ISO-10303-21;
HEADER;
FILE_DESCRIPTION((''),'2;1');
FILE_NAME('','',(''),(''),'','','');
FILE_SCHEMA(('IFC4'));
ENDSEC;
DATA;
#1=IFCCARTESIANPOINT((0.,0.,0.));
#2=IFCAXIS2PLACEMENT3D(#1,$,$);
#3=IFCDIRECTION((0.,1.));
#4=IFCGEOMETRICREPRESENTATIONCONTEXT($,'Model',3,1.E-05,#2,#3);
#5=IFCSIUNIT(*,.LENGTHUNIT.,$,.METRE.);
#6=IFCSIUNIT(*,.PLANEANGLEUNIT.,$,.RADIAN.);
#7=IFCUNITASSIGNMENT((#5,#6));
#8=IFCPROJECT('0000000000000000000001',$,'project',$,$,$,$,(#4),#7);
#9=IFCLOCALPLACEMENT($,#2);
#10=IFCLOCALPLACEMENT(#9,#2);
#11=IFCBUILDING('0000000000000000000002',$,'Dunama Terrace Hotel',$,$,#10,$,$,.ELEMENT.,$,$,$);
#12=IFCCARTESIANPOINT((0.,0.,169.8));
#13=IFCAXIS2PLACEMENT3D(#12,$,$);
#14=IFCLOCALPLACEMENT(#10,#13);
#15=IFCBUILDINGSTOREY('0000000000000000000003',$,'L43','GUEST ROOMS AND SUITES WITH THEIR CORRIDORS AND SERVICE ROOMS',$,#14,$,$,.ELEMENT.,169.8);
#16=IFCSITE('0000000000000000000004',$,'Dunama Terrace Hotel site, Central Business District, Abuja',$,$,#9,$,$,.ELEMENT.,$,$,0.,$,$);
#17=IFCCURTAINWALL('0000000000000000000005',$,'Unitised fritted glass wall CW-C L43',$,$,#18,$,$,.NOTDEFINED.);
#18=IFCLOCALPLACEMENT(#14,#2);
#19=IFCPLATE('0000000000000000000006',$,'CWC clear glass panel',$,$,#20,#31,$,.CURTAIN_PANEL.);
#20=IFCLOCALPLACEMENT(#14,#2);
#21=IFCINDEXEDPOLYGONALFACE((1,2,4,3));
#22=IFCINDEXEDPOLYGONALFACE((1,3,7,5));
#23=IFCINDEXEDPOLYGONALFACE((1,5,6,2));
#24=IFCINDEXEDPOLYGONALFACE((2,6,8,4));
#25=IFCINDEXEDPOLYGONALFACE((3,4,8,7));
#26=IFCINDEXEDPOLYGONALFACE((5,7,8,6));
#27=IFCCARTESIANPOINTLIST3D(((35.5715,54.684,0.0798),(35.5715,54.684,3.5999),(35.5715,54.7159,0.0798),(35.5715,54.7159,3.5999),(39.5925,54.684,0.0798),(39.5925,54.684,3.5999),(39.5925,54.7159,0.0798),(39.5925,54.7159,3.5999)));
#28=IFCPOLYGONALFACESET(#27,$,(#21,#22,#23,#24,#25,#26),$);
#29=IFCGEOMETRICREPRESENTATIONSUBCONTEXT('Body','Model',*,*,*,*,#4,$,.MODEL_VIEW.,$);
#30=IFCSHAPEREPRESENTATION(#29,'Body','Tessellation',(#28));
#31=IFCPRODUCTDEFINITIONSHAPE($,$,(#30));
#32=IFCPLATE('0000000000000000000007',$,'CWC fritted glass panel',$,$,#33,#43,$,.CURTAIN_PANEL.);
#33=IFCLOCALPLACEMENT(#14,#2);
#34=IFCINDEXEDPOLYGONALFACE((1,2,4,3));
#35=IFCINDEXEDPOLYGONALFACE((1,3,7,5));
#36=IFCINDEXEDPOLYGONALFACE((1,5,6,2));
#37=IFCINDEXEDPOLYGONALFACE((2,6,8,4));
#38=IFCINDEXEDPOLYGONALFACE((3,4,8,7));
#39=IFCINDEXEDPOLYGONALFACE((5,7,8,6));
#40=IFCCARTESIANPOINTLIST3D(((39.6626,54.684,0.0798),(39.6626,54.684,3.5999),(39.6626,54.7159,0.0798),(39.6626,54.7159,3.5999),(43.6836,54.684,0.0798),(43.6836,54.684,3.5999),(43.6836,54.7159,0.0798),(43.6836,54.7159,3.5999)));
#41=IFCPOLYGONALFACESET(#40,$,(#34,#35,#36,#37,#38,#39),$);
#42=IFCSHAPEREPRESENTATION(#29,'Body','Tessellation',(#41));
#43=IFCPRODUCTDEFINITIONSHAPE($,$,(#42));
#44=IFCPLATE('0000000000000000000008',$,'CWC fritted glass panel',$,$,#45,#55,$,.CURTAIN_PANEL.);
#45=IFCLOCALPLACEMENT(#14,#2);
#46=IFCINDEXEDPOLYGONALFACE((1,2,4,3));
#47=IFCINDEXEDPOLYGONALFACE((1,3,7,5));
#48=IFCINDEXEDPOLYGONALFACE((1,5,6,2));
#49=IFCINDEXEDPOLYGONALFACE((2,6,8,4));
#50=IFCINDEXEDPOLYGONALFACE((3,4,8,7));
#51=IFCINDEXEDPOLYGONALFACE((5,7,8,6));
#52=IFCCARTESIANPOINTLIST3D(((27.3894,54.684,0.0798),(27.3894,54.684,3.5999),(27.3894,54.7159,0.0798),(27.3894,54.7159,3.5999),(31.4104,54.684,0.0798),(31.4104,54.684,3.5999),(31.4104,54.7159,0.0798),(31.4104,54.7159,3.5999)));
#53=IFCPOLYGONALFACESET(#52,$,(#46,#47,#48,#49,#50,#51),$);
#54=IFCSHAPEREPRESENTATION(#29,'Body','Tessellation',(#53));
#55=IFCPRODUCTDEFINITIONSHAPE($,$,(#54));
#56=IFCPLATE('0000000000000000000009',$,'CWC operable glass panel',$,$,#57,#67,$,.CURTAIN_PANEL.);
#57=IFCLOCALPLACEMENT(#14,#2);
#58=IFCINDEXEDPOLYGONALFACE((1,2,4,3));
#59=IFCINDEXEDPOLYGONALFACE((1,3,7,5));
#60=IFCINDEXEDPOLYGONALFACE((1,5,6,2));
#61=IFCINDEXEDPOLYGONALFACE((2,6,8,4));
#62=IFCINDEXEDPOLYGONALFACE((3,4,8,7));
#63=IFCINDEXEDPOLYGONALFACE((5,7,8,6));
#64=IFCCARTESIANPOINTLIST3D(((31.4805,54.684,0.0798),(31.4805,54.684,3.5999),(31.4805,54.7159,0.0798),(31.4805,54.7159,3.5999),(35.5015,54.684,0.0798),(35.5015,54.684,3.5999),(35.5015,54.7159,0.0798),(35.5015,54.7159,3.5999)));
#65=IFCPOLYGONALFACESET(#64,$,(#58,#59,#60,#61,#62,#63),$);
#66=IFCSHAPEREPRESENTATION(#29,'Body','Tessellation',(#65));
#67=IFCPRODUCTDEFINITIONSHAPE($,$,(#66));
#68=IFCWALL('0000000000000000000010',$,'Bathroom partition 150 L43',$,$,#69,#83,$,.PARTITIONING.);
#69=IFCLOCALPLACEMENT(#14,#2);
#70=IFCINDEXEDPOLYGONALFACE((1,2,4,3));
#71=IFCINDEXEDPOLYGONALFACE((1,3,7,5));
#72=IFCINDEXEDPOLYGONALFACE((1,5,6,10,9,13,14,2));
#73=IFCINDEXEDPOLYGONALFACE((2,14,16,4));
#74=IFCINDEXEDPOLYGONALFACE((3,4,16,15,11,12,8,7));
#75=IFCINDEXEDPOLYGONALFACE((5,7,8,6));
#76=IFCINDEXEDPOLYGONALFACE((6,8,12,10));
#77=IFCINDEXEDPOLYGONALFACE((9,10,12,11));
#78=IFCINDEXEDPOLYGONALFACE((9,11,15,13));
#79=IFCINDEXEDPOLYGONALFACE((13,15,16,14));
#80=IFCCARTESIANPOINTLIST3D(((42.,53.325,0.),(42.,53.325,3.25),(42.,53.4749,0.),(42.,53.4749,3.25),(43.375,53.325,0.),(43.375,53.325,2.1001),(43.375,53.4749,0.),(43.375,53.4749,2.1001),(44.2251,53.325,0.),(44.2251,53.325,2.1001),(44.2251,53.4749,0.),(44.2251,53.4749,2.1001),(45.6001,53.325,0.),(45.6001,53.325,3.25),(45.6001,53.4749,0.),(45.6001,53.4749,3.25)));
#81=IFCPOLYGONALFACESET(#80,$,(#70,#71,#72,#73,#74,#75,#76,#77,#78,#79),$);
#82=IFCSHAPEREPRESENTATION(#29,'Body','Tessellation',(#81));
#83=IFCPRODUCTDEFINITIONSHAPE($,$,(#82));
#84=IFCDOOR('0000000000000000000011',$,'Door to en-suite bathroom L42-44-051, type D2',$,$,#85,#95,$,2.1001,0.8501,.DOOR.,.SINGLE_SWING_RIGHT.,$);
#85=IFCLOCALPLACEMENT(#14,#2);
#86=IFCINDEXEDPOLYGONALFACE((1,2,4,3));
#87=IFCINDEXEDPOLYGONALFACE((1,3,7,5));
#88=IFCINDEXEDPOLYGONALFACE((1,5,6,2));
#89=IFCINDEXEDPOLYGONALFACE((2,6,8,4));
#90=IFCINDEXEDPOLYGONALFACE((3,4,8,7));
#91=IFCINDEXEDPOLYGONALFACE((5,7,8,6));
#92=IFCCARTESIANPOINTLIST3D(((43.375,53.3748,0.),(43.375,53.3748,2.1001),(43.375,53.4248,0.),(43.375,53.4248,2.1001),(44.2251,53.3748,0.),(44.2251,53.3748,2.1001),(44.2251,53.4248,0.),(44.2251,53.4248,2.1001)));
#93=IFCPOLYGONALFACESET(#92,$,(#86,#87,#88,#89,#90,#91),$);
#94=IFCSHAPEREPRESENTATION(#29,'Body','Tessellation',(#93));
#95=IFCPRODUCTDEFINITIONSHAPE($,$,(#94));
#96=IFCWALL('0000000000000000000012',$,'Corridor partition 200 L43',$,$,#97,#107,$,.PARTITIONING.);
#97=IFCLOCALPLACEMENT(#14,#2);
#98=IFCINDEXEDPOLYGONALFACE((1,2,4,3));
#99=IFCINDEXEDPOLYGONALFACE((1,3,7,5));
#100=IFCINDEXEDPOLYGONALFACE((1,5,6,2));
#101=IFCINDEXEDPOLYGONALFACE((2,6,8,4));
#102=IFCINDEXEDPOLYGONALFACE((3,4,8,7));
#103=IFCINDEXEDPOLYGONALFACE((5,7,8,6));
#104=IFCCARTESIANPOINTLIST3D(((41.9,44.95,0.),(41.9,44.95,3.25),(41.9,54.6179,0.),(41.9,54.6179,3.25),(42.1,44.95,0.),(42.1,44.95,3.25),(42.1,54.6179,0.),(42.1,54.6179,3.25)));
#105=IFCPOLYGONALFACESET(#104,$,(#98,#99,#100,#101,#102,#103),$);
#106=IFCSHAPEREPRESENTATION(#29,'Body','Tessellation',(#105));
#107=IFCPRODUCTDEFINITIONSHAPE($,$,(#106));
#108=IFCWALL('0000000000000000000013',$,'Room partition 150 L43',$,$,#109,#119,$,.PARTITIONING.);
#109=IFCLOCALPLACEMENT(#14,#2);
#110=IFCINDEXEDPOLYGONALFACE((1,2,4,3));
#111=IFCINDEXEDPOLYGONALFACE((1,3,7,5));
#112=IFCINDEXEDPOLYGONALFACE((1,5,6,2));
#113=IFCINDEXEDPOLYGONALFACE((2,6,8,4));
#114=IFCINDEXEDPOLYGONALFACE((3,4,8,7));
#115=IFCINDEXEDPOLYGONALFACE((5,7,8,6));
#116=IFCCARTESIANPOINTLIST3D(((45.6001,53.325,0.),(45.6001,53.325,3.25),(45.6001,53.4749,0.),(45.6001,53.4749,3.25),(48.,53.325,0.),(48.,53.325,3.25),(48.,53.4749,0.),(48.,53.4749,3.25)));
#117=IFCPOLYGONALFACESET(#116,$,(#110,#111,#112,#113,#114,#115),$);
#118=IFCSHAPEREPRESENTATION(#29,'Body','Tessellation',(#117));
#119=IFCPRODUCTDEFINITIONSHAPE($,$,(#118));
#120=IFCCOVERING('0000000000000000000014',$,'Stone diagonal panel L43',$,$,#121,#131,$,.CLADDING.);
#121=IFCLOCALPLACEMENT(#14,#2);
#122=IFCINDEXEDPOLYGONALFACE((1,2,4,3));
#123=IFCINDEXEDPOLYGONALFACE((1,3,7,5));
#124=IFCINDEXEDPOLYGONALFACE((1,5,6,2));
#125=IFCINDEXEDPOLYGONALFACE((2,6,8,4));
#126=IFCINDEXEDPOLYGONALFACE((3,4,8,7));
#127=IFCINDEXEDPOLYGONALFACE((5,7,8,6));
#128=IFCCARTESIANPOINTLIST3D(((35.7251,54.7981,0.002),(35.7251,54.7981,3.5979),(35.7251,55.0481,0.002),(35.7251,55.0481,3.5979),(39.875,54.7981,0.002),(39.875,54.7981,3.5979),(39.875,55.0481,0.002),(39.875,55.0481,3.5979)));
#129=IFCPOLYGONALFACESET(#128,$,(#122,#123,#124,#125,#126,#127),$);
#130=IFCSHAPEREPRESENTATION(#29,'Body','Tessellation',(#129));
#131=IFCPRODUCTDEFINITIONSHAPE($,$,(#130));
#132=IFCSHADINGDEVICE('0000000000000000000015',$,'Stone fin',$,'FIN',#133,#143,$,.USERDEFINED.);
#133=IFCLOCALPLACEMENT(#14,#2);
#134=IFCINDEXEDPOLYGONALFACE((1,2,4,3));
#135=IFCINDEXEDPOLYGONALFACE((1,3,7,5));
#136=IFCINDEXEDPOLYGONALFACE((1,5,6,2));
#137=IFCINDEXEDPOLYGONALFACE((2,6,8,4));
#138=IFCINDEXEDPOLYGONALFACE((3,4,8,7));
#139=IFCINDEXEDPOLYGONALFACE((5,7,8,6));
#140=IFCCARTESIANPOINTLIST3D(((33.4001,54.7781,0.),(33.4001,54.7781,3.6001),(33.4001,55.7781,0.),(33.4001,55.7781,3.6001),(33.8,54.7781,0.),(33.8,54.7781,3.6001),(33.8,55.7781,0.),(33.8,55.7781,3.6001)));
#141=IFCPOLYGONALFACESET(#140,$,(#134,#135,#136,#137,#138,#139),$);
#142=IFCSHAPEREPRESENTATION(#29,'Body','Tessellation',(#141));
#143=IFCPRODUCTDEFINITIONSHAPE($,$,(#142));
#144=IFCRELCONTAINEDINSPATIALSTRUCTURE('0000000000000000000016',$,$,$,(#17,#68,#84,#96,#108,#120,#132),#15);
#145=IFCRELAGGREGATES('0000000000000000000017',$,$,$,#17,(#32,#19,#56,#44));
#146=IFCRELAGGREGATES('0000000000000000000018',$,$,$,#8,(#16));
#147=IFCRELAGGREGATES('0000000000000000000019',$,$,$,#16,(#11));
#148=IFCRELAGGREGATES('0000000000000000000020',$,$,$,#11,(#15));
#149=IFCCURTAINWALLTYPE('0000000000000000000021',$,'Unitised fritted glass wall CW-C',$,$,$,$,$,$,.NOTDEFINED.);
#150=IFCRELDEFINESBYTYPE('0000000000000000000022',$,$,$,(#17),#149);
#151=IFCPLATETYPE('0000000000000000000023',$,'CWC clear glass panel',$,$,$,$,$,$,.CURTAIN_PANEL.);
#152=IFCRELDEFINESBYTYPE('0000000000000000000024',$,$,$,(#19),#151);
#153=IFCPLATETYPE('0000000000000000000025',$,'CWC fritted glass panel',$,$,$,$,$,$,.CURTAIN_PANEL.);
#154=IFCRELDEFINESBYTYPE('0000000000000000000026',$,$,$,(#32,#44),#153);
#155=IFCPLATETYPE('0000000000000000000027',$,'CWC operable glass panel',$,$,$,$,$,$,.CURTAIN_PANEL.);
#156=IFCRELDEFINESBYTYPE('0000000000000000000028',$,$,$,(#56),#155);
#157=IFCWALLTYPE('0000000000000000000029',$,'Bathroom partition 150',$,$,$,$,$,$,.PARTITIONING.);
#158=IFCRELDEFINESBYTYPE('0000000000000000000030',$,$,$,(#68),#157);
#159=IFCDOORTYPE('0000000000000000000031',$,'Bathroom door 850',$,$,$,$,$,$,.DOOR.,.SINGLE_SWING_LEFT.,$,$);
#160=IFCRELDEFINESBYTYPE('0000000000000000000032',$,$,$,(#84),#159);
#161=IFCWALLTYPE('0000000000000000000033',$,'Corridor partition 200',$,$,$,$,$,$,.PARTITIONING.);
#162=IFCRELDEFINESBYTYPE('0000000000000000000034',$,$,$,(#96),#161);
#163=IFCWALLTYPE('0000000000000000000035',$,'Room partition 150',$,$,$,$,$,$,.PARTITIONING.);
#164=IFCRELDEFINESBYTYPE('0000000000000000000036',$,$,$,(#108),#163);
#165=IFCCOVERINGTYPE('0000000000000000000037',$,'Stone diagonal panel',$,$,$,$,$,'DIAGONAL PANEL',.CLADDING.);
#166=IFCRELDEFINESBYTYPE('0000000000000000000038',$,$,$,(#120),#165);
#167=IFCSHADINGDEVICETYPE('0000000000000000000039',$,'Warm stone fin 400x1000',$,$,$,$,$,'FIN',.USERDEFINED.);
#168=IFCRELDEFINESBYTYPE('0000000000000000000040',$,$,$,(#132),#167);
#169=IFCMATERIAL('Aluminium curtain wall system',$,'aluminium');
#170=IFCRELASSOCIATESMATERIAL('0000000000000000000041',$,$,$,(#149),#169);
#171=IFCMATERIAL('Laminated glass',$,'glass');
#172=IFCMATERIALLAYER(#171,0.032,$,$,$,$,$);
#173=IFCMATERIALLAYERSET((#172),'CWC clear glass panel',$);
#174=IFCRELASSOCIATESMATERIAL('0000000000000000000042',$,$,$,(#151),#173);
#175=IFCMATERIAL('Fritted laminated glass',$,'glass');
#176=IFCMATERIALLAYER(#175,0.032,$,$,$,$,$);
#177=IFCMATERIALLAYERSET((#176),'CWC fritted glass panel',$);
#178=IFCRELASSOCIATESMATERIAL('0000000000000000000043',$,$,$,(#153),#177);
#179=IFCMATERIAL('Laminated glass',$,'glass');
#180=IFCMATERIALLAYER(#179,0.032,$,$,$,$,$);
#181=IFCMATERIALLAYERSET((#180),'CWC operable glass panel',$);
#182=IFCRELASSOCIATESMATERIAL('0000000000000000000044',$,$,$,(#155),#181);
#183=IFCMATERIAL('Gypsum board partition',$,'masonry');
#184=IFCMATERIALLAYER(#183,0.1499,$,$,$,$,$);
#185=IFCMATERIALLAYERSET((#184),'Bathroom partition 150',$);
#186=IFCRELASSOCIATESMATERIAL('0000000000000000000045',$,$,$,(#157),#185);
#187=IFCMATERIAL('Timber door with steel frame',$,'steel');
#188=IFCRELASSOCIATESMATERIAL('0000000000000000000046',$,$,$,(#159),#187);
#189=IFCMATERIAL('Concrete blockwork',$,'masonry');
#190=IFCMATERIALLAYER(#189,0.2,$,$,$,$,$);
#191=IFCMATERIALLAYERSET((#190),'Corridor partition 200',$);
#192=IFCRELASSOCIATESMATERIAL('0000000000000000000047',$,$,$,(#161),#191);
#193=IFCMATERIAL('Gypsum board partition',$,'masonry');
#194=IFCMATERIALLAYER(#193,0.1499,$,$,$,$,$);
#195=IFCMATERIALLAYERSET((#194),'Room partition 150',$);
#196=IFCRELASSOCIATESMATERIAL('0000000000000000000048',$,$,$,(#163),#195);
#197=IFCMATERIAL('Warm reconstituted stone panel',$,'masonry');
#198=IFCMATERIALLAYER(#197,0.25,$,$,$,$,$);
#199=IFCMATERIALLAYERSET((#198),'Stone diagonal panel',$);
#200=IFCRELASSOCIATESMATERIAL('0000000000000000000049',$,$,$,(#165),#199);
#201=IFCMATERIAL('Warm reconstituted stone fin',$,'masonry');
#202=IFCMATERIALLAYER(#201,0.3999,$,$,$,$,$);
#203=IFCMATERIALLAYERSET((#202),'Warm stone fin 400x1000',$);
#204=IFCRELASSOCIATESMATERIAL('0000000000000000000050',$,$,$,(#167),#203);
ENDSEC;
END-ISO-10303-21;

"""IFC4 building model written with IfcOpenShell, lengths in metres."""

from ifc_helpers import new_model, si_unit, direction, frame, frame_2d, origin, origin_2d, place, context, subcontext, project, spatial, rectangle, extrude, material, layer, layer_set, type_object, element, fill, aggregate, save


model = new_model("IFC4")

# Units and contexts
model_context = context("Model", 3, precision=1e-05, world=origin(), true_north=direction((0.0, 1.0)))
body_context = subcontext(model_context, "Body", "Model", "MODEL_VIEW")
ifc_project = project(units=[si_unit("LENGTHUNIT", "METRE"), si_unit("PLANEANGLEUNIT", "RADIAN")], contexts=[model_context])

# Site, building, storey
site_placement = place(None, origin())
site = spatial("IfcSite", under=ifc_project, at=site_placement, Name="Dunama Terrace Hotel site, Central Business District, Abuja", CompositionType="ELEMENT", RefElevation=0.0)
building_placement = place(site_placement, origin())
building = spatial("IfcBuilding", under=site, at=building_placement, Name="Dunama Terrace Hotel", CompositionType="ELEMENT")
storey_placement = place(building_placement, frame((0.0, 0.0, 169.8)))
storey = spatial("IfcBuildingStorey", under=building, at=storey_placement, Name="L43", Description="GUEST ROOMS AND SUITES WITH THEIR CORRIDORS AND SERVICE ROOMS", CompositionType="ELEMENT", Elevation=169.8)

# Curtain wall
ifc_material_1 = material(Name="Aluminium curtain wall system", Category="aluminium")
curtain_wall_type = type_object("IfcCurtainWallType", Name="Unitised fritted glass wall CW-C", PredefinedType="NOTDEFINED", material=ifc_material_1)
curtain_wall_placement = place(storey_placement, origin())
curtain_wall = element("IfcCurtainWall", 1, at=curtain_wall_placement, inside=storey, type_object=curtain_wall_type, Name="Unitised fritted glass wall CW-C L43", PredefinedType="NOTDEFINED")

# Plates
ifc_material_2 = material(Name="Laminated glass", Category="glass")
ifc_layer_1 = layer(ifc_material_2, 0.032)
ifc_layer_set_1 = layer_set([ifc_layer_1], Name="CWC clear glass panel")
plate_type_1 = type_object("IfcPlateType", Name="CWC clear glass panel", PredefinedType="CURTAIN_PANEL", material=ifc_layer_set_1)
plate_1_placement = place(storey_placement, frame((37.582, 54.7, 0.0798), z_axis=(0.0, 0.0, 1.0), x_axis=(-1.0, 0.0, 0.0)))
plate_1 = element("IfcPlate", 2, at=plate_1_placement, type_object=plate_type_1, Name="CWC clear glass panel", PredefinedType="CURTAIN_PANEL", context=body_context, shape_type="SweptSolid", body=[
    extrude(rectangle(XDim=4.021, YDim=0.032, at=origin_2d()), origin(), (0.0, 0.0, 1.0), 3.52),
])
ifc_material_3 = material(Name="Fritted laminated glass", Category="glass")
ifc_layer_2 = layer(ifc_material_3, 0.032)
ifc_layer_set_2 = layer_set([ifc_layer_2], Name="CWC fritted glass panel")
plate_type_2 = type_object("IfcPlateType", Name="CWC fritted glass panel", PredefinedType="CURTAIN_PANEL", material=ifc_layer_set_2)
plate_2_placement = place(storey_placement, frame((41.6731, 54.7, 0.0798), z_axis=(0.0, 0.0, 1.0), x_axis=(-1.0, 0.0, 0.0)))
plate_2 = element("IfcPlate", 3, at=plate_2_placement, type_object=plate_type_2, Name="CWC fritted glass panel", PredefinedType="CURTAIN_PANEL", context=body_context, shape_type="SweptSolid", body=[
    extrude(rectangle(XDim=4.021, YDim=0.032, at=origin_2d()), origin(), (0.0, 0.0, 1.0), 3.52),
])
plate_3_placement = place(storey_placement, frame((29.3999, 54.7, 0.0798), z_axis=(0.0, 0.0, 1.0), x_axis=(-1.0, 0.0, 0.0)))
plate_3 = element("IfcPlate", 4, at=plate_3_placement, type_object=plate_type_2, Name="CWC fritted glass panel", PredefinedType="CURTAIN_PANEL", context=body_context, shape_type="SweptSolid", body=[
    extrude(rectangle(XDim=4.021, YDim=0.032, at=origin_2d()), origin(), (0.0, 0.0, 1.0), 3.52),
])
ifc_material_4 = material(Name="Laminated glass", Category="glass")
ifc_layer_3 = layer(ifc_material_4, 0.032)
ifc_layer_set_3 = layer_set([ifc_layer_3], Name="CWC operable glass panel")
plate_type_3 = type_object("IfcPlateType", Name="CWC operable glass panel", PredefinedType="CURTAIN_PANEL", material=ifc_layer_set_3)
plate_4_placement = place(storey_placement, frame((33.491, 54.7, 0.0798), z_axis=(0.0, 0.0, 1.0), x_axis=(-1.0, 0.0, 0.0)))
plate_4 = element("IfcPlate", 5, at=plate_4_placement, type_object=plate_type_3, Name="CWC operable glass panel", PredefinedType="CURTAIN_PANEL", context=body_context, shape_type="SweptSolid", body=[
    extrude(rectangle(XDim=4.021, YDim=0.032, at=origin_2d()), origin(), (0.0, 0.0, 1.0), 3.52),
])
aggregate(curtain_wall, [plate_2, plate_1, plate_4, plate_3])

# Wall, opening, door
ifc_material_5 = material(Name="Gypsum board partition", Category="masonry")
ifc_layer_4 = layer(ifc_material_5, 0.1499)
ifc_layer_set_4 = layer_set([ifc_layer_4], Name="Bathroom partition 150")
wall_type_1 = type_object("IfcWallType", Name="Bathroom partition 150", PredefinedType="PARTITIONING", material=ifc_layer_set_4)
wall_1_placement = place(storey_placement, frame((42.0, 53.3999, 0.0), z_axis=(0.0, 0.0, 1.0), x_axis=(1.0, 0.0, 0.0)))
wall_1 = element("IfcWall", 6, at=wall_1_placement, inside=storey, type_object=wall_type_1, Name="Bathroom partition 150 L43", PredefinedType="PARTITIONING", context=body_context, shape_type="SweptSolid", body=[
    extrude(rectangle(XDim=3.6001, YDim=0.1499, at=frame_2d((1.8, 0.0))), origin(), (0.0, 0.0, 1.0), 3.25),
])
opening_placement = place(wall_1_placement, frame((1.375, 0.0, 0.0)))
opening = element("IfcOpeningElement", 7, at=opening_placement, cuts=wall_1, PredefinedType="OPENING", context=body_context, shape_type="SweptSolid", body=[
    extrude(rectangle(XDim=0.8501, YDim=2.1001, at=frame_2d((0.425, 1.05))), frame((0.0, 0.085, 0.0), z_axis=(0.0, -1.0, 0.0), x_axis=(1.0, 0.0, 0.0)), (0.0, 0.0, 1.0), 0.1699),
])
ifc_material_6 = material(Name="Timber door with steel frame", Category="steel")
door_type = type_object("IfcDoorType", Name="Bathroom door 850", OperationType="SINGLE_SWING_LEFT", PredefinedType="DOOR", material=ifc_material_6)
door_placement = place(opening_placement, frame((0.8501, 0.0, 0.0), z_axis=(0.0, 0.0, 1.0), x_axis=(-1.0, 0.0, 0.0)))
door = element("IfcDoor", 8, at=door_placement, inside=storey, type_object=door_type, Name="Door to en-suite bathroom L42-44-051, type D2", OperationType="SINGLE_SWING_RIGHT", OverallHeight=2.1001, OverallWidth=0.8501, PredefinedType="DOOR", context=body_context, shape_type="SweptSolid", body=[
    extrude(rectangle(XDim=0.8501, YDim=2.1001, at=frame_2d((0.425, 1.05))), frame((0.0, 0.0251, 0.0), z_axis=(0.0, -1.0, 0.0), x_axis=(1.0, 0.0, 0.0)), (0.0, 0.0, 1.0), 0.05),
])
fill(opening, door)

# Walls
ifc_material_7 = material(Name="Concrete blockwork", Category="masonry")
ifc_layer_5 = layer(ifc_material_7, 0.2)
ifc_layer_set_5 = layer_set([ifc_layer_5], Name="Corridor partition 200")
wall_type_2 = type_object("IfcWallType", Name="Corridor partition 200", PredefinedType="PARTITIONING", material=ifc_layer_set_5)
wall_2_placement = place(storey_placement, frame((42.0, 54.6179, 0.0), z_axis=(0.0, 0.0, 1.0), x_axis=(0.0, -1.0, 0.0)))
element("IfcWall", 9, at=wall_2_placement, inside=storey, type_object=wall_type_2, Name="Corridor partition 200 L43", PredefinedType="PARTITIONING", context=body_context, shape_type="SweptSolid", body=[
    extrude(rectangle(XDim=9.668, YDim=0.2, at=frame_2d((4.834, 0.0))), origin(), (0.0, 0.0, 1.0), 3.25),
])
ifc_material_8 = material(Name="Gypsum board partition", Category="masonry")
ifc_layer_6 = layer(ifc_material_8, 0.1499)
ifc_layer_set_6 = layer_set([ifc_layer_6], Name="Room partition 150")
wall_type_3 = type_object("IfcWallType", Name="Room partition 150", PredefinedType="PARTITIONING", material=ifc_layer_set_6)
wall_3_placement = place(storey_placement, frame((45.6001, 53.3999, 0.0), z_axis=(0.0, 0.0, 1.0), x_axis=(1.0, 0.0, 0.0)))
element("IfcWall", 10, at=wall_3_placement, inside=storey, type_object=wall_type_3, Name="Room partition 150 L43", PredefinedType="PARTITIONING", context=body_context, shape_type="SweptSolid", body=[
    extrude(rectangle(XDim=2.3999, YDim=0.1499, at=frame_2d((1.2, 0.0))), origin(), (0.0, 0.0, 1.0), 3.25),
])

# Covering
ifc_material_9 = material(Name="Warm reconstituted stone panel", Category="masonry")
ifc_layer_7 = layer(ifc_material_9, 0.25)
ifc_layer_set_7 = layer_set([ifc_layer_7], Name="Stone diagonal panel")
covering_type = type_object("IfcCoveringType", Name="Stone diagonal panel", ElementType="DIAGONAL PANEL", PredefinedType="CLADDING", material=ifc_layer_set_7)
covering_placement = place(storey_placement, frame((37.8, 54.9231, 0.002), z_axis=(0.0, 0.0, 1.0), x_axis=(-1.0, 0.0, 0.0)))
element("IfcCovering", 11, at=covering_placement, inside=storey, type_object=covering_type, Name="Stone diagonal panel L43", PredefinedType="CLADDING", context=body_context, shape_type="SweptSolid", body=[
    extrude(rectangle(XDim=4.1499, YDim=0.25, at=origin_2d()), origin(), (0.0, 0.0, 1.0), 3.5959),
])

# Shading device
ifc_material_10 = material(Name="Warm reconstituted stone fin", Category="masonry")
ifc_layer_8 = layer(ifc_material_10, 0.3999)
ifc_layer_set_8 = layer_set([ifc_layer_8], Name="Warm stone fin 400x1000")
shading_device_type = type_object("IfcShadingDeviceType", Name="Warm stone fin 400x1000", ElementType="FIN", PredefinedType="USERDEFINED", material=ifc_layer_set_8)
shading_device_placement = place(storey_placement, frame((33.6001, 55.2781, 0.0), z_axis=(0.0, 0.0, 1.0), x_axis=(-1.0, 0.0, 0.0)))
element("IfcShadingDevice", 12, at=shading_device_placement, inside=storey, type_object=shading_device_type, Name="Stone fin", ObjectType="FIN", PredefinedType="USERDEFINED", context=body_context, shape_type="SweptSolid", body=[
    extrude(rectangle(XDim=0.3999, YDim=1.0, at=origin_2d()), origin(), (0.0, 0.0, 1.0), 3.6001),
])

save(model, "model.ifc")
